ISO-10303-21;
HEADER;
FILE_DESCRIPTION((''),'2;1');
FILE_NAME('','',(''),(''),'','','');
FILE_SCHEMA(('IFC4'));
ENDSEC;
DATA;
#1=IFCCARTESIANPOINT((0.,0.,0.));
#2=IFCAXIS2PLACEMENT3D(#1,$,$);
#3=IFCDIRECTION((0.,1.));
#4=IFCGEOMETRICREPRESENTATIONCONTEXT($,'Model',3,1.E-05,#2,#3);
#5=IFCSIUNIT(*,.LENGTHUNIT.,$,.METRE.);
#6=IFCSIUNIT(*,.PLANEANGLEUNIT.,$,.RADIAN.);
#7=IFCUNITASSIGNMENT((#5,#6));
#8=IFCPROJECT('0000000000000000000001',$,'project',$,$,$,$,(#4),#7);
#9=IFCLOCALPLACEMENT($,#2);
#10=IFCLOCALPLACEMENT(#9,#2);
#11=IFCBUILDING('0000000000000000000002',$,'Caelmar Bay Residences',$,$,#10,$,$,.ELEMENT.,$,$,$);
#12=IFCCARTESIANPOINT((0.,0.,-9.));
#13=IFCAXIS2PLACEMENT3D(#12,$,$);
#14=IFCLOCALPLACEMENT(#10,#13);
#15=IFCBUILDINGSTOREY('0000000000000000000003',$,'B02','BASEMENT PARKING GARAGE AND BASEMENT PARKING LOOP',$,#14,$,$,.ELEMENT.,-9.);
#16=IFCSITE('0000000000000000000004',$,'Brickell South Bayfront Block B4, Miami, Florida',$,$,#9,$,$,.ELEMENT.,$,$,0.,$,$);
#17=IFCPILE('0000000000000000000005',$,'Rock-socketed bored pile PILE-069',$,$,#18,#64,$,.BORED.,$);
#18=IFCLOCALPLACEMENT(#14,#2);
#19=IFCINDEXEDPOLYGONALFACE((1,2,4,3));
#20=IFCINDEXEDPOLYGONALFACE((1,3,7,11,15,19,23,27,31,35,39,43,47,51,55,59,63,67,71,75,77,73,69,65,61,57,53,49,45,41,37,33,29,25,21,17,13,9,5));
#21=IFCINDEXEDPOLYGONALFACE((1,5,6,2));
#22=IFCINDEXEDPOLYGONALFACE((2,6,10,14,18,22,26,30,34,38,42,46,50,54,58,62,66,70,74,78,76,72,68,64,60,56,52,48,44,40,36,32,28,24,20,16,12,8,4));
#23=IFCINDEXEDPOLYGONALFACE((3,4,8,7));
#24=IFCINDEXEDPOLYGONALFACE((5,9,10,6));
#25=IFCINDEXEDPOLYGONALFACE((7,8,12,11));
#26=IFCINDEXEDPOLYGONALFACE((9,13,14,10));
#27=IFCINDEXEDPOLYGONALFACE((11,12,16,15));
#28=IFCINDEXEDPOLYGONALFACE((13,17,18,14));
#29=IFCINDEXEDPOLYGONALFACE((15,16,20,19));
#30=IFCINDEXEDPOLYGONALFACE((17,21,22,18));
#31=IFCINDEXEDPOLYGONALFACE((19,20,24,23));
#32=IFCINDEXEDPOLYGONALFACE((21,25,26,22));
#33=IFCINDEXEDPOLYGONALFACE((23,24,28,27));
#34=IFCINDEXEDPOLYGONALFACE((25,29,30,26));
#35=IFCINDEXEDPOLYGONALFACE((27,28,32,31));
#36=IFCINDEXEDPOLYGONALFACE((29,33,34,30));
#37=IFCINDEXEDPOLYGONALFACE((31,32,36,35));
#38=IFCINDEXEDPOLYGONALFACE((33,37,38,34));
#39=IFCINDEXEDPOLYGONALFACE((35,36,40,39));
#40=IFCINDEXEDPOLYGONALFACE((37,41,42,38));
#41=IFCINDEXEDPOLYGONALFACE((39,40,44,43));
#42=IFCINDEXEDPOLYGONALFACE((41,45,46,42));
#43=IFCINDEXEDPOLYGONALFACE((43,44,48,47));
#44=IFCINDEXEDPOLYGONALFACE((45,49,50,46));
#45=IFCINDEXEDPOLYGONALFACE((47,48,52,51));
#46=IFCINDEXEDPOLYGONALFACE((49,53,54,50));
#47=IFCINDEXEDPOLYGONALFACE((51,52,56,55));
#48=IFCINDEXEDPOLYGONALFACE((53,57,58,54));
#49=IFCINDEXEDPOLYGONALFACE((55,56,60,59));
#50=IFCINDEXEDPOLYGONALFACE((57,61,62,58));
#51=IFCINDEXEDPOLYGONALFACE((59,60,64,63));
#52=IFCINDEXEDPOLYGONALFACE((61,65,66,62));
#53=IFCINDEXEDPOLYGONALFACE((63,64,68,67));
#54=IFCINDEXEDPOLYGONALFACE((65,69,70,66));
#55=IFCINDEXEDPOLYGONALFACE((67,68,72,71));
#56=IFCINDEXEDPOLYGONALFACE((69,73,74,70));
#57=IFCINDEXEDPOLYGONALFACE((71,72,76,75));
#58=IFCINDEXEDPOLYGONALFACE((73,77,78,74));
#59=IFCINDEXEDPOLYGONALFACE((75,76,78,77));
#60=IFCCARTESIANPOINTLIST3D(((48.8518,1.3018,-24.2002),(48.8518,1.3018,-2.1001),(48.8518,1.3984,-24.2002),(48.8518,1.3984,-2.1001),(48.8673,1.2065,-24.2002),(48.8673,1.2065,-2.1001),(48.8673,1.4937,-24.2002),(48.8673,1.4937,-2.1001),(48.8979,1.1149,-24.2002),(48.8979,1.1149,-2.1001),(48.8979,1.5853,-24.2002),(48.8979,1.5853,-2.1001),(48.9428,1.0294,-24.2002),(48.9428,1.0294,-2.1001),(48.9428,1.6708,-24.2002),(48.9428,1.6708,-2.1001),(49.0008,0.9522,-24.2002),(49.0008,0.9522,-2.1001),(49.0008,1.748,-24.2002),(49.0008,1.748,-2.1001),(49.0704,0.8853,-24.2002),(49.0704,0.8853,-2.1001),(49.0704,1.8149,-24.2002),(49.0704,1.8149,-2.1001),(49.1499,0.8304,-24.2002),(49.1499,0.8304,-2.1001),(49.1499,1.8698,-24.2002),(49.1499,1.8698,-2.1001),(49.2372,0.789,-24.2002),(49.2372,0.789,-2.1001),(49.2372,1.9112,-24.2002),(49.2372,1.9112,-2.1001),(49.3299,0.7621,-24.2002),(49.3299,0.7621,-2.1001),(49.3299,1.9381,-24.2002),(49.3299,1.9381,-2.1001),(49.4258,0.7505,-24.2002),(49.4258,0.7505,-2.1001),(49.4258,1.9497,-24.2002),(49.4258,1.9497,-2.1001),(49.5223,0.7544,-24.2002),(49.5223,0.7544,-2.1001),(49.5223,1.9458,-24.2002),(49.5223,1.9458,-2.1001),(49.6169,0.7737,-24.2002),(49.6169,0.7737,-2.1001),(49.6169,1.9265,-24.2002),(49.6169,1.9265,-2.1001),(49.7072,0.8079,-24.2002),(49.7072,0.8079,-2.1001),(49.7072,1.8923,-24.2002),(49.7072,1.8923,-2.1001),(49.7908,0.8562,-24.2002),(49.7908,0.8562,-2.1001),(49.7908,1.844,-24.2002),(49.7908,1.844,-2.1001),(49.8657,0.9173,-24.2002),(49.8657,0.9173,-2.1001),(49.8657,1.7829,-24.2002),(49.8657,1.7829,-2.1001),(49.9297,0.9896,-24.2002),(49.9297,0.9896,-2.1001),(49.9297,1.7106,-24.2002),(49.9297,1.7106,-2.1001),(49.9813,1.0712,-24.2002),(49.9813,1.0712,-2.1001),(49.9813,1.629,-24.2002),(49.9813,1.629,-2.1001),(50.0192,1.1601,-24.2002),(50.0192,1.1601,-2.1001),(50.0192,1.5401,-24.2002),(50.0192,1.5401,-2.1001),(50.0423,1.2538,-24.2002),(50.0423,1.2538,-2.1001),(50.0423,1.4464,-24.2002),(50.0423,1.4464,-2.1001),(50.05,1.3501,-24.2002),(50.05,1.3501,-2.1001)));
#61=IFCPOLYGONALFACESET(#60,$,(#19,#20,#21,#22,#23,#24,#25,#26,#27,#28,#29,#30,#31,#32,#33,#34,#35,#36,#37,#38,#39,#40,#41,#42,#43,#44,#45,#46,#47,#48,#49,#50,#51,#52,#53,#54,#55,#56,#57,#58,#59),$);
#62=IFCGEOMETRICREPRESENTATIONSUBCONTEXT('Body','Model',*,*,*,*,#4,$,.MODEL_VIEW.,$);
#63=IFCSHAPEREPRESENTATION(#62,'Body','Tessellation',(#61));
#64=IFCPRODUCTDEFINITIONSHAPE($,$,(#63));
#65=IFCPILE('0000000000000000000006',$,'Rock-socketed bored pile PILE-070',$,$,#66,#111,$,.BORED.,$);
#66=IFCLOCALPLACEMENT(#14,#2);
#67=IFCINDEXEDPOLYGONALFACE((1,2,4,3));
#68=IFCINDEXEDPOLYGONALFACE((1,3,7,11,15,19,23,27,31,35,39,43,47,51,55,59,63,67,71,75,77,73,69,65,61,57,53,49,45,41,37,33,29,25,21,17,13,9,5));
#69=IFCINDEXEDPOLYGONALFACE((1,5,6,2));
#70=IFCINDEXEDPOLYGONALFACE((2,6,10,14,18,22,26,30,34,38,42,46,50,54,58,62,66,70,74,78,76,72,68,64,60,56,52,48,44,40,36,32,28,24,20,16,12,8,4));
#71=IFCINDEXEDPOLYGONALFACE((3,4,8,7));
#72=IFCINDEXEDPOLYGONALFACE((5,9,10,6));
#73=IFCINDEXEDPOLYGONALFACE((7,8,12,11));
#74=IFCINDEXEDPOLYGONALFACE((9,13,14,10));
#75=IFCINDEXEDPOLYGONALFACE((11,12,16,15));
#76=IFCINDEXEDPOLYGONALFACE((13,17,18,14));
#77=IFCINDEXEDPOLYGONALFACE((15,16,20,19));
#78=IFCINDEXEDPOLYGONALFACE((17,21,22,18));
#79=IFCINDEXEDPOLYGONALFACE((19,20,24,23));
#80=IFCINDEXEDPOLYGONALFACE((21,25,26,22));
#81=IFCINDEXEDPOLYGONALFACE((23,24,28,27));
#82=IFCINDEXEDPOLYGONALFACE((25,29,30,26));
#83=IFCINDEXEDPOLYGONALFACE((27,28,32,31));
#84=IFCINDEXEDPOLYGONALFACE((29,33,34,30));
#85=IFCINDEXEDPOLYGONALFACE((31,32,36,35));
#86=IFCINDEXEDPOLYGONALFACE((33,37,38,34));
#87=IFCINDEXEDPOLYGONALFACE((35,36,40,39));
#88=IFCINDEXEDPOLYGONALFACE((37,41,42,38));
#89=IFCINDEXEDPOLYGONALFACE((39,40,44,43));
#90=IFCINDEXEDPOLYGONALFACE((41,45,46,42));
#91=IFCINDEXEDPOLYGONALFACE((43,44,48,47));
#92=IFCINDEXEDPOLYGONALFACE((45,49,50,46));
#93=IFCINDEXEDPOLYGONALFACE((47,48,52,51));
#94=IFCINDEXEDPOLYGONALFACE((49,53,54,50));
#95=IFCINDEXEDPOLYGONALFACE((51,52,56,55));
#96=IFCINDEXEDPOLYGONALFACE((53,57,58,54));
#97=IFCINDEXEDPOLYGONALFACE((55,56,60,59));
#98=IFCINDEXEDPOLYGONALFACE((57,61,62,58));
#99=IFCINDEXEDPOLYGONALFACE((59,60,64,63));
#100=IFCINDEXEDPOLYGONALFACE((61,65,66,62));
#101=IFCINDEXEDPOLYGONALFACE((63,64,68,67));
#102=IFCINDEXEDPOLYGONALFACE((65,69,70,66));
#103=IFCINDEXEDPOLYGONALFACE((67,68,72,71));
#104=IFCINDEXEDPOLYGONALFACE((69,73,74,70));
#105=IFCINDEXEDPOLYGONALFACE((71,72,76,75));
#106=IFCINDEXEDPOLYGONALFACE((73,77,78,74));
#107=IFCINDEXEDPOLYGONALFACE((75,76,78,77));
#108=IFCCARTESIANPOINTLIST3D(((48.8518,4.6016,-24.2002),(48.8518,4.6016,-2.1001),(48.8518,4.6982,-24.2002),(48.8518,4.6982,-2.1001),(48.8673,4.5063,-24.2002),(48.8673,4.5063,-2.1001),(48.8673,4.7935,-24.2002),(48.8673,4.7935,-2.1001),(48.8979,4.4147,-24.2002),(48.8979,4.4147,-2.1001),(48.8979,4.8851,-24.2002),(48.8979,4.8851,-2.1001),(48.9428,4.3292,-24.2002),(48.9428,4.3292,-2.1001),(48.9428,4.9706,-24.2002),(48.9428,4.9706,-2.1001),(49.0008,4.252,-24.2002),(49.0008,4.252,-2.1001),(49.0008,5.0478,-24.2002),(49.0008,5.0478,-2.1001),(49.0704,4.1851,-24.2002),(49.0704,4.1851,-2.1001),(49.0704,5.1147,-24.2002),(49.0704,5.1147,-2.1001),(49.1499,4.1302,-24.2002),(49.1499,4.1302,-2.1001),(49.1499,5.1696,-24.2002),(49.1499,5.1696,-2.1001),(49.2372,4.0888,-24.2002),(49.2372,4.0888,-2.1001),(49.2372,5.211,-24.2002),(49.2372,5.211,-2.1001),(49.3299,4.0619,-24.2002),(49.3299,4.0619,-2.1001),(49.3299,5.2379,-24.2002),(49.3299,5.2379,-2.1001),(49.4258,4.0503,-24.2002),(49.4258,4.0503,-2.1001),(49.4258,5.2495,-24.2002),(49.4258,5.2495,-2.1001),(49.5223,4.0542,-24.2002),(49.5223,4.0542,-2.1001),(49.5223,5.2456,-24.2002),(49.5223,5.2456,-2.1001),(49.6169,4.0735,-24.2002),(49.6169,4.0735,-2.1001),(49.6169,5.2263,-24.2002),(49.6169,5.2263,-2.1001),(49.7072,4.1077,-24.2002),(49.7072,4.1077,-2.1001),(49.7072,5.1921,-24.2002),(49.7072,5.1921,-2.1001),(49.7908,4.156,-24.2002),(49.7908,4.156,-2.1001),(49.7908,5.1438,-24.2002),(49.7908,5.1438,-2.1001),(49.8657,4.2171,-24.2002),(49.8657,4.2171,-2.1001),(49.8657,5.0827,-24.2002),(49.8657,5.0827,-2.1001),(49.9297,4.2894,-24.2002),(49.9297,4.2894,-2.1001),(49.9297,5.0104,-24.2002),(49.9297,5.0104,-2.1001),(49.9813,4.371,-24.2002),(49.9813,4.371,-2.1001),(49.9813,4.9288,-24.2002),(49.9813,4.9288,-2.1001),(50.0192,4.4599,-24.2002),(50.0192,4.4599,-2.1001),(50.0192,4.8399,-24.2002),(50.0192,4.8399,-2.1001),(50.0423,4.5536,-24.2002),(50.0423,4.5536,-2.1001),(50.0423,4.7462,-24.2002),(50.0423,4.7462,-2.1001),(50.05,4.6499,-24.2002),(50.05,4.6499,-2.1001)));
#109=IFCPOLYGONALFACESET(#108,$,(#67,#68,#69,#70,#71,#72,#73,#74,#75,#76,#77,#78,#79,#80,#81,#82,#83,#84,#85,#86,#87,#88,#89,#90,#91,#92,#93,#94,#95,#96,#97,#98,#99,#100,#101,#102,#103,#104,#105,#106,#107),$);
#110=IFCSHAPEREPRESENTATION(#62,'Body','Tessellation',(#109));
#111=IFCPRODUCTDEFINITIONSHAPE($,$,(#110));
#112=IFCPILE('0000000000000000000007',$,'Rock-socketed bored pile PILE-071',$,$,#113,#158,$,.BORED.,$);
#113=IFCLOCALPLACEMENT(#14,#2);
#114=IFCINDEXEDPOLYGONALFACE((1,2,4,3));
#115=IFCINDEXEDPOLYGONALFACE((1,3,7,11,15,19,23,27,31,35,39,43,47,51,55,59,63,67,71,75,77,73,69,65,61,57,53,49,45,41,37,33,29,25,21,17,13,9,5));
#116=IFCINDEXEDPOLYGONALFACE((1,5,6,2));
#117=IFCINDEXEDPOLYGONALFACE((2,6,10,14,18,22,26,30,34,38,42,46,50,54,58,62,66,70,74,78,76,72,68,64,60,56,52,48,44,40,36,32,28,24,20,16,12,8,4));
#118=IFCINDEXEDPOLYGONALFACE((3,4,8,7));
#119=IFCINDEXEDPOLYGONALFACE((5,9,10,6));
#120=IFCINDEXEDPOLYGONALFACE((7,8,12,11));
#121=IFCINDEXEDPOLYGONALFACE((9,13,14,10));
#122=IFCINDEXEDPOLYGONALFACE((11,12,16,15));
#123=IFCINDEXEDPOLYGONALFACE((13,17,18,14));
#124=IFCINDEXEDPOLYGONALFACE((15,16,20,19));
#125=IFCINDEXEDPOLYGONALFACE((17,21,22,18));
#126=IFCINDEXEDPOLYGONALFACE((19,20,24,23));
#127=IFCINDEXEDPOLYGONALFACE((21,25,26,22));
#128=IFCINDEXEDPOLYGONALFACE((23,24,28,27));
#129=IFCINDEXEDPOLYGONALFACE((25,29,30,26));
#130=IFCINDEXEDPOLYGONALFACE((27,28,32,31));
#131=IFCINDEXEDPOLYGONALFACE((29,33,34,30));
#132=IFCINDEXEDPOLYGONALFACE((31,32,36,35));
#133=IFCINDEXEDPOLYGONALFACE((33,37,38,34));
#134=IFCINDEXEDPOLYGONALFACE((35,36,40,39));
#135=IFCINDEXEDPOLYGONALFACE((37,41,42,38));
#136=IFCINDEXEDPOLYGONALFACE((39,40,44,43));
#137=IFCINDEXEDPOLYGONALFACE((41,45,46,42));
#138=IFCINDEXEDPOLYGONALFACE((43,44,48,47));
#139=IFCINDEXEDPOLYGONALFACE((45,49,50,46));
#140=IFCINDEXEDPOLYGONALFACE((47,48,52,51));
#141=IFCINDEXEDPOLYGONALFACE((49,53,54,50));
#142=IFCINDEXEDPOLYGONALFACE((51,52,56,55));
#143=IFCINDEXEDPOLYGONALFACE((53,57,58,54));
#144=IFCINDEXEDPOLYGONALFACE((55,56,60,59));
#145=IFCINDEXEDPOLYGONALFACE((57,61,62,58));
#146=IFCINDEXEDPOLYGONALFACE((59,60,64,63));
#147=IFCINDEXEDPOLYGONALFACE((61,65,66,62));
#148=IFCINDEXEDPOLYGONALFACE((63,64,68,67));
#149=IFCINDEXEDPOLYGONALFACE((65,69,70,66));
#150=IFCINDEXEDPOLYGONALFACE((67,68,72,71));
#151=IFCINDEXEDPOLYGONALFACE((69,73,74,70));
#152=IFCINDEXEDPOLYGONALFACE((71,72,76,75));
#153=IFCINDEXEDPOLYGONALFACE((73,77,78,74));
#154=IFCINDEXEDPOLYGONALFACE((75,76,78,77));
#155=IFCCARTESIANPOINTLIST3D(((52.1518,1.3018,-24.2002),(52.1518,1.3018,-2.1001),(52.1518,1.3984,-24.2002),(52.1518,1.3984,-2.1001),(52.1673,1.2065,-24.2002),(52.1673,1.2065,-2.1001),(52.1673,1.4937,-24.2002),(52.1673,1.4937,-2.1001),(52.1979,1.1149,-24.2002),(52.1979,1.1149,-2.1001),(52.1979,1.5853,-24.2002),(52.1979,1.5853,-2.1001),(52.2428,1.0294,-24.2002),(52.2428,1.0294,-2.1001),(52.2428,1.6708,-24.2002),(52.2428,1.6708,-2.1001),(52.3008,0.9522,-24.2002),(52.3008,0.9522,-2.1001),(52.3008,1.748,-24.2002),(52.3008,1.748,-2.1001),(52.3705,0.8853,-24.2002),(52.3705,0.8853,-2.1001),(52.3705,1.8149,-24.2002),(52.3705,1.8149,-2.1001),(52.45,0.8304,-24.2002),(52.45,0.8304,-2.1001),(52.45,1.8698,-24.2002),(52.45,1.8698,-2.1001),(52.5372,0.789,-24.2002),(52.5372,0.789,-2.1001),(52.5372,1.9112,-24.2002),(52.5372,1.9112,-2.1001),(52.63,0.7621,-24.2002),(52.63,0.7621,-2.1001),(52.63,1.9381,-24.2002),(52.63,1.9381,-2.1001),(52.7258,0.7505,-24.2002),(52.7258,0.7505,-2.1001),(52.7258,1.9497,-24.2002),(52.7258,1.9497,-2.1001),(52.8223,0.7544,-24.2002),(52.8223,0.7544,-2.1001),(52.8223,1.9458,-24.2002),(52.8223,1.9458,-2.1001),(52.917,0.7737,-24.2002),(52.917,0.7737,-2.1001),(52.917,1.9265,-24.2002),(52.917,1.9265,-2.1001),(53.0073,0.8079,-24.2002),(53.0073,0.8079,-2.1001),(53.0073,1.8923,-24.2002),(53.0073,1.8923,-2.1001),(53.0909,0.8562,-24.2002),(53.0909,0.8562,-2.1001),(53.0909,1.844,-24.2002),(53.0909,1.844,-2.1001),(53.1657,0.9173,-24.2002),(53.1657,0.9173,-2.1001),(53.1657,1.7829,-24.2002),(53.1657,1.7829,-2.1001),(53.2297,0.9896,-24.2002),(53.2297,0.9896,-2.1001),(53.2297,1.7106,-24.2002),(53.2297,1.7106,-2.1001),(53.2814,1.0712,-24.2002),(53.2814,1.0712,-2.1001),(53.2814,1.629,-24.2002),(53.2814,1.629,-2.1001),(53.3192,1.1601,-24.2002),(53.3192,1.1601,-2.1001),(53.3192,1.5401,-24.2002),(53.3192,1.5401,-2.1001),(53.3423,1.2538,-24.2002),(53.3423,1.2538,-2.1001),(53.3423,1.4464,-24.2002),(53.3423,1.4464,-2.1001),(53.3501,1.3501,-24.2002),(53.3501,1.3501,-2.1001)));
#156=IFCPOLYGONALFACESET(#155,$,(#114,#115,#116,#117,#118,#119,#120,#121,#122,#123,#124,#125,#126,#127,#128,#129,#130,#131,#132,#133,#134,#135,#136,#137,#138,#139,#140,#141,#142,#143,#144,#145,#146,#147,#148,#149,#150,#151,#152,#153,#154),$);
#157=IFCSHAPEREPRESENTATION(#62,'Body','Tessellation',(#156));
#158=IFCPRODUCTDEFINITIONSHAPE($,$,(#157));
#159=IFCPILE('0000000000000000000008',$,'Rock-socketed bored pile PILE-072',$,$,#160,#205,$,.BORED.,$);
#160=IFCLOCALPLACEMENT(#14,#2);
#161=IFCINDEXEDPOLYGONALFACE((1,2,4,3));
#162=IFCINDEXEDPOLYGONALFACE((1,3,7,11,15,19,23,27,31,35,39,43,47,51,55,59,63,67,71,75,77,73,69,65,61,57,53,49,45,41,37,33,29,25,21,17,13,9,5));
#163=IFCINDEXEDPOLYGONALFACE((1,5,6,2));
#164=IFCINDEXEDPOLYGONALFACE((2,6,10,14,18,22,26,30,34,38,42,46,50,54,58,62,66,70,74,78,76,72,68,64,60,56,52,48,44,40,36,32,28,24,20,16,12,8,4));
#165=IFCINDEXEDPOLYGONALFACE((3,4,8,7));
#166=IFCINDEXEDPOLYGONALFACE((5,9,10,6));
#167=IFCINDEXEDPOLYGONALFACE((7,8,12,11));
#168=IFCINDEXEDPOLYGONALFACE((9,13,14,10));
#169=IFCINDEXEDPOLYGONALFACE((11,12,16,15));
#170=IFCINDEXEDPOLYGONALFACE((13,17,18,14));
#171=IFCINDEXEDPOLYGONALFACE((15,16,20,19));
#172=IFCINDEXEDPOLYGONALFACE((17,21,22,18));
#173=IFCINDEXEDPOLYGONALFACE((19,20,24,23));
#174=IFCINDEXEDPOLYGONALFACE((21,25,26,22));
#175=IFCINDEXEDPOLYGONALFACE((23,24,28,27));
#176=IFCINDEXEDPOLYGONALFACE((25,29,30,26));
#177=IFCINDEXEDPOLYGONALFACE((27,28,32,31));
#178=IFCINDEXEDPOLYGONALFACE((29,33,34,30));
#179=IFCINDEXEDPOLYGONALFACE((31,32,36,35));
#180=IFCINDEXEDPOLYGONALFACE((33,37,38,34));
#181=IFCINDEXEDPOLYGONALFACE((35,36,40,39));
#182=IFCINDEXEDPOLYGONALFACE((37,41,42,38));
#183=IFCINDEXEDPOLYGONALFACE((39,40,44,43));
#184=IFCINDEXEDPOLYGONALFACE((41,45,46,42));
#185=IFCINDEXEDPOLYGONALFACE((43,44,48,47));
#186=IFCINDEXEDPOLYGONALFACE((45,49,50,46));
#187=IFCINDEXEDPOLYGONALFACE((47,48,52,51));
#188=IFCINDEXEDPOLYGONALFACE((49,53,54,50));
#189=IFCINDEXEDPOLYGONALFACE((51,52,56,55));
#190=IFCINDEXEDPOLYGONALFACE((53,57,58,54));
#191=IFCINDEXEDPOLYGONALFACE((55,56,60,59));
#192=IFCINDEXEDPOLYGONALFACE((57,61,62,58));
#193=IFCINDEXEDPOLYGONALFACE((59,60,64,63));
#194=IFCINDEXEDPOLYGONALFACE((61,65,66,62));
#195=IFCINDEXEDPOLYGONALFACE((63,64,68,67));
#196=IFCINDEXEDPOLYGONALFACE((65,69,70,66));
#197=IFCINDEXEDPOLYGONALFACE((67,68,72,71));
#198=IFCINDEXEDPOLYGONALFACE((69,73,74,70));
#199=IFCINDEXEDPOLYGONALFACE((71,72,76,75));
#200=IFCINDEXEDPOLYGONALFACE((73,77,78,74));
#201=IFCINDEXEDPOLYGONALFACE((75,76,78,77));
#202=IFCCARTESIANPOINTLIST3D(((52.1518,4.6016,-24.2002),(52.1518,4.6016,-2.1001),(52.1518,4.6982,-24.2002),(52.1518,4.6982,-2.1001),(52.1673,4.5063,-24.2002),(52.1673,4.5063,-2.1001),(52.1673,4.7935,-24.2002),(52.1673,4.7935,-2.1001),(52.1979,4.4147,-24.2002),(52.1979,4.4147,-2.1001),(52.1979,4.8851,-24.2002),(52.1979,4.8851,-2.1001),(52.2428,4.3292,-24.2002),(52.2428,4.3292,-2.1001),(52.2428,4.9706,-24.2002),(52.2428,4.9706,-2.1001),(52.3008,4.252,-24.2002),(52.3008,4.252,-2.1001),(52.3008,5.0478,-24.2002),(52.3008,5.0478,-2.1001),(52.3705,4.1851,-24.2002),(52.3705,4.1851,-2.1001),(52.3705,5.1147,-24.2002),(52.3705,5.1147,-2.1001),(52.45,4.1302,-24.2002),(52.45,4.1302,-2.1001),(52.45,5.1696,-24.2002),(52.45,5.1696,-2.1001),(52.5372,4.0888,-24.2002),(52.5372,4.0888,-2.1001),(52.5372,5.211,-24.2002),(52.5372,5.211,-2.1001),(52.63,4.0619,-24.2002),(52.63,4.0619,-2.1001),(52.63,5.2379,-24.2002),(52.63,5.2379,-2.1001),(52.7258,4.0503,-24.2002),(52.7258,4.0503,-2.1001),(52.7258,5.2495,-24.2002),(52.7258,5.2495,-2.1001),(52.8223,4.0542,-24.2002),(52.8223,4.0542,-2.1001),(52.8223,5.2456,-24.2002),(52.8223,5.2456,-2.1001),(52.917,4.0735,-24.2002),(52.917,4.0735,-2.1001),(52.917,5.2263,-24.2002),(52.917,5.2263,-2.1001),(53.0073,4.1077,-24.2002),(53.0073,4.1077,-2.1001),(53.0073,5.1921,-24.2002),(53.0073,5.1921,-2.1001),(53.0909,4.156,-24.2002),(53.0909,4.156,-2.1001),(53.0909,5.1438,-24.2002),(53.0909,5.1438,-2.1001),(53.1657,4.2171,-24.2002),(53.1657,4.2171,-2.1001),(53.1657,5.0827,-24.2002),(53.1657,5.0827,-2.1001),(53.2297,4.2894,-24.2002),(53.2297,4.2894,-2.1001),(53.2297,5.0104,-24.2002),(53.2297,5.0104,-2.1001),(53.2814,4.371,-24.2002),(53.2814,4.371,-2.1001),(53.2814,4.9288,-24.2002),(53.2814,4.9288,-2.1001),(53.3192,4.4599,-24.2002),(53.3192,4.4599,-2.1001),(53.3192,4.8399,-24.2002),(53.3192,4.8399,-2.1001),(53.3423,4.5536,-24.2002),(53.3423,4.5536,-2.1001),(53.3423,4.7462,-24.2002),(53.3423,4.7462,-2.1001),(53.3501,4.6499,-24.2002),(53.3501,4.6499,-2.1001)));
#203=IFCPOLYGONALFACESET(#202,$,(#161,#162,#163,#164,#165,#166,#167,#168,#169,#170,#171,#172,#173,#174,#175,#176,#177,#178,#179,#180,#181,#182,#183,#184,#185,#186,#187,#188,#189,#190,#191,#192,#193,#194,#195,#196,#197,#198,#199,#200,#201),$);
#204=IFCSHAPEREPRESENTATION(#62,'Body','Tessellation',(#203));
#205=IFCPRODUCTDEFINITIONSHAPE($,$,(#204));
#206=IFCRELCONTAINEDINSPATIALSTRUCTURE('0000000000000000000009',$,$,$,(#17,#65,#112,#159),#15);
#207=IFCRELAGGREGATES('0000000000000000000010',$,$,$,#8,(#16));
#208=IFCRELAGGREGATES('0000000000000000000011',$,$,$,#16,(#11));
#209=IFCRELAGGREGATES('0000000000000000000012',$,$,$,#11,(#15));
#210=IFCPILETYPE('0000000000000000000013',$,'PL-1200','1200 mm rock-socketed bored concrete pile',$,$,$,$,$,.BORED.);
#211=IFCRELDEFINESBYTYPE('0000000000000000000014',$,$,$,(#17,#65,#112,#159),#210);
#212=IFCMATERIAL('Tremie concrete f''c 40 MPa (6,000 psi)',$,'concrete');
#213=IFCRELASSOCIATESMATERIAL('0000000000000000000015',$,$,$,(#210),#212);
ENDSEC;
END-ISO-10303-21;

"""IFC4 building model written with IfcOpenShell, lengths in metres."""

from ifc_helpers import new_model, si_unit, direction, frame, origin, origin_2d, place, context, subcontext, project, spatial, circle, extrude, material, material_profile, profile_set, type_object, element, save


model = new_model("IFC4")

# Units and contexts
model_context = context("Model", 3, precision=1e-05, world=origin(), true_north=direction((0.0, 1.0)))
body_context = subcontext(model_context, "Body", "Model", "MODEL_VIEW")
ifc_project = project(units=[si_unit("LENGTHUNIT", "METRE"), si_unit("PLANEANGLEUNIT", "RADIAN")], contexts=[model_context])

# Site, building, storey
site_placement = place(None, origin())
site = spatial("IfcSite", under=ifc_project, at=site_placement, Name="Brickell South Bayfront Block B4, Miami, Florida", CompositionType="ELEMENT", RefElevation=0.0)
building_placement = place(site_placement, origin())
building = spatial("IfcBuilding", under=site, at=building_placement, Name="Caelmar Bay Residences", CompositionType="ELEMENT")
storey_placement = place(building_placement, frame((0.0, 0.0, -9.0)))
storey = spatial("IfcBuildingStorey", under=building, at=storey_placement, Name="B02", Description="BASEMENT PARKING GARAGE AND BASEMENT PARKING LOOP", CompositionType="ELEMENT", Elevation=-9.0)

# Piles
ifc_material_1 = material(Name="Tremie concrete f'c 40 MPa (6,000 psi)", Category="concrete")
ifc_material_profile_1 = material_profile(ifc_material_1, circle(Radius=0.6001, at=origin_2d()), Name="PILE-1200D")
ifc_profile_set_1 = profile_set([ifc_material_profile_1], Name="Tremie concrete f'c 40 MPa (6,000 psi)")
pile_type = type_object("IfcPileType", Name="PL-1200", Description="1200 mm rock-socketed bored concrete pile", PredefinedType="BORED", material=ifc_profile_set_1)
for number, where, z_axis, x_axis, name in (
    (1, (49.45, 1.3501, -2.1001), (0.0, 0.0, -1.0), (1.0, 0.0, 0.0), "Rock-socketed bored pile PILE-069"),
    (2, (49.45, 4.6499, -2.1001), (0.0, 0.0, -1.0), (1.0, 0.0, 0.0), "Rock-socketed bored pile PILE-070"),
    (3, (52.75, 1.3501, -2.1001), (0.0, 0.0, -1.0), (1.0, 0.0, 0.0), "Rock-socketed bored pile PILE-071"),
    (4, (52.75, 4.6499, -2.1001), (0.0, 0.0, -1.0), (1.0, 0.0, 0.0), "Rock-socketed bored pile PILE-072"),
):
    element("IfcPile", number, at=place(storey_placement, frame(where, z_axis=z_axis, x_axis=x_axis)), inside=storey, type_object=pile_type, Name=name, PredefinedType="BORED", context=body_context, shape_type="SweptSolid", body=[
        extrude(circle(Radius=0.6001, at=origin_2d()), origin(), (0.0, 0.0, 1.0), 22.1001),
    ])

save(model, "model.ifc")
